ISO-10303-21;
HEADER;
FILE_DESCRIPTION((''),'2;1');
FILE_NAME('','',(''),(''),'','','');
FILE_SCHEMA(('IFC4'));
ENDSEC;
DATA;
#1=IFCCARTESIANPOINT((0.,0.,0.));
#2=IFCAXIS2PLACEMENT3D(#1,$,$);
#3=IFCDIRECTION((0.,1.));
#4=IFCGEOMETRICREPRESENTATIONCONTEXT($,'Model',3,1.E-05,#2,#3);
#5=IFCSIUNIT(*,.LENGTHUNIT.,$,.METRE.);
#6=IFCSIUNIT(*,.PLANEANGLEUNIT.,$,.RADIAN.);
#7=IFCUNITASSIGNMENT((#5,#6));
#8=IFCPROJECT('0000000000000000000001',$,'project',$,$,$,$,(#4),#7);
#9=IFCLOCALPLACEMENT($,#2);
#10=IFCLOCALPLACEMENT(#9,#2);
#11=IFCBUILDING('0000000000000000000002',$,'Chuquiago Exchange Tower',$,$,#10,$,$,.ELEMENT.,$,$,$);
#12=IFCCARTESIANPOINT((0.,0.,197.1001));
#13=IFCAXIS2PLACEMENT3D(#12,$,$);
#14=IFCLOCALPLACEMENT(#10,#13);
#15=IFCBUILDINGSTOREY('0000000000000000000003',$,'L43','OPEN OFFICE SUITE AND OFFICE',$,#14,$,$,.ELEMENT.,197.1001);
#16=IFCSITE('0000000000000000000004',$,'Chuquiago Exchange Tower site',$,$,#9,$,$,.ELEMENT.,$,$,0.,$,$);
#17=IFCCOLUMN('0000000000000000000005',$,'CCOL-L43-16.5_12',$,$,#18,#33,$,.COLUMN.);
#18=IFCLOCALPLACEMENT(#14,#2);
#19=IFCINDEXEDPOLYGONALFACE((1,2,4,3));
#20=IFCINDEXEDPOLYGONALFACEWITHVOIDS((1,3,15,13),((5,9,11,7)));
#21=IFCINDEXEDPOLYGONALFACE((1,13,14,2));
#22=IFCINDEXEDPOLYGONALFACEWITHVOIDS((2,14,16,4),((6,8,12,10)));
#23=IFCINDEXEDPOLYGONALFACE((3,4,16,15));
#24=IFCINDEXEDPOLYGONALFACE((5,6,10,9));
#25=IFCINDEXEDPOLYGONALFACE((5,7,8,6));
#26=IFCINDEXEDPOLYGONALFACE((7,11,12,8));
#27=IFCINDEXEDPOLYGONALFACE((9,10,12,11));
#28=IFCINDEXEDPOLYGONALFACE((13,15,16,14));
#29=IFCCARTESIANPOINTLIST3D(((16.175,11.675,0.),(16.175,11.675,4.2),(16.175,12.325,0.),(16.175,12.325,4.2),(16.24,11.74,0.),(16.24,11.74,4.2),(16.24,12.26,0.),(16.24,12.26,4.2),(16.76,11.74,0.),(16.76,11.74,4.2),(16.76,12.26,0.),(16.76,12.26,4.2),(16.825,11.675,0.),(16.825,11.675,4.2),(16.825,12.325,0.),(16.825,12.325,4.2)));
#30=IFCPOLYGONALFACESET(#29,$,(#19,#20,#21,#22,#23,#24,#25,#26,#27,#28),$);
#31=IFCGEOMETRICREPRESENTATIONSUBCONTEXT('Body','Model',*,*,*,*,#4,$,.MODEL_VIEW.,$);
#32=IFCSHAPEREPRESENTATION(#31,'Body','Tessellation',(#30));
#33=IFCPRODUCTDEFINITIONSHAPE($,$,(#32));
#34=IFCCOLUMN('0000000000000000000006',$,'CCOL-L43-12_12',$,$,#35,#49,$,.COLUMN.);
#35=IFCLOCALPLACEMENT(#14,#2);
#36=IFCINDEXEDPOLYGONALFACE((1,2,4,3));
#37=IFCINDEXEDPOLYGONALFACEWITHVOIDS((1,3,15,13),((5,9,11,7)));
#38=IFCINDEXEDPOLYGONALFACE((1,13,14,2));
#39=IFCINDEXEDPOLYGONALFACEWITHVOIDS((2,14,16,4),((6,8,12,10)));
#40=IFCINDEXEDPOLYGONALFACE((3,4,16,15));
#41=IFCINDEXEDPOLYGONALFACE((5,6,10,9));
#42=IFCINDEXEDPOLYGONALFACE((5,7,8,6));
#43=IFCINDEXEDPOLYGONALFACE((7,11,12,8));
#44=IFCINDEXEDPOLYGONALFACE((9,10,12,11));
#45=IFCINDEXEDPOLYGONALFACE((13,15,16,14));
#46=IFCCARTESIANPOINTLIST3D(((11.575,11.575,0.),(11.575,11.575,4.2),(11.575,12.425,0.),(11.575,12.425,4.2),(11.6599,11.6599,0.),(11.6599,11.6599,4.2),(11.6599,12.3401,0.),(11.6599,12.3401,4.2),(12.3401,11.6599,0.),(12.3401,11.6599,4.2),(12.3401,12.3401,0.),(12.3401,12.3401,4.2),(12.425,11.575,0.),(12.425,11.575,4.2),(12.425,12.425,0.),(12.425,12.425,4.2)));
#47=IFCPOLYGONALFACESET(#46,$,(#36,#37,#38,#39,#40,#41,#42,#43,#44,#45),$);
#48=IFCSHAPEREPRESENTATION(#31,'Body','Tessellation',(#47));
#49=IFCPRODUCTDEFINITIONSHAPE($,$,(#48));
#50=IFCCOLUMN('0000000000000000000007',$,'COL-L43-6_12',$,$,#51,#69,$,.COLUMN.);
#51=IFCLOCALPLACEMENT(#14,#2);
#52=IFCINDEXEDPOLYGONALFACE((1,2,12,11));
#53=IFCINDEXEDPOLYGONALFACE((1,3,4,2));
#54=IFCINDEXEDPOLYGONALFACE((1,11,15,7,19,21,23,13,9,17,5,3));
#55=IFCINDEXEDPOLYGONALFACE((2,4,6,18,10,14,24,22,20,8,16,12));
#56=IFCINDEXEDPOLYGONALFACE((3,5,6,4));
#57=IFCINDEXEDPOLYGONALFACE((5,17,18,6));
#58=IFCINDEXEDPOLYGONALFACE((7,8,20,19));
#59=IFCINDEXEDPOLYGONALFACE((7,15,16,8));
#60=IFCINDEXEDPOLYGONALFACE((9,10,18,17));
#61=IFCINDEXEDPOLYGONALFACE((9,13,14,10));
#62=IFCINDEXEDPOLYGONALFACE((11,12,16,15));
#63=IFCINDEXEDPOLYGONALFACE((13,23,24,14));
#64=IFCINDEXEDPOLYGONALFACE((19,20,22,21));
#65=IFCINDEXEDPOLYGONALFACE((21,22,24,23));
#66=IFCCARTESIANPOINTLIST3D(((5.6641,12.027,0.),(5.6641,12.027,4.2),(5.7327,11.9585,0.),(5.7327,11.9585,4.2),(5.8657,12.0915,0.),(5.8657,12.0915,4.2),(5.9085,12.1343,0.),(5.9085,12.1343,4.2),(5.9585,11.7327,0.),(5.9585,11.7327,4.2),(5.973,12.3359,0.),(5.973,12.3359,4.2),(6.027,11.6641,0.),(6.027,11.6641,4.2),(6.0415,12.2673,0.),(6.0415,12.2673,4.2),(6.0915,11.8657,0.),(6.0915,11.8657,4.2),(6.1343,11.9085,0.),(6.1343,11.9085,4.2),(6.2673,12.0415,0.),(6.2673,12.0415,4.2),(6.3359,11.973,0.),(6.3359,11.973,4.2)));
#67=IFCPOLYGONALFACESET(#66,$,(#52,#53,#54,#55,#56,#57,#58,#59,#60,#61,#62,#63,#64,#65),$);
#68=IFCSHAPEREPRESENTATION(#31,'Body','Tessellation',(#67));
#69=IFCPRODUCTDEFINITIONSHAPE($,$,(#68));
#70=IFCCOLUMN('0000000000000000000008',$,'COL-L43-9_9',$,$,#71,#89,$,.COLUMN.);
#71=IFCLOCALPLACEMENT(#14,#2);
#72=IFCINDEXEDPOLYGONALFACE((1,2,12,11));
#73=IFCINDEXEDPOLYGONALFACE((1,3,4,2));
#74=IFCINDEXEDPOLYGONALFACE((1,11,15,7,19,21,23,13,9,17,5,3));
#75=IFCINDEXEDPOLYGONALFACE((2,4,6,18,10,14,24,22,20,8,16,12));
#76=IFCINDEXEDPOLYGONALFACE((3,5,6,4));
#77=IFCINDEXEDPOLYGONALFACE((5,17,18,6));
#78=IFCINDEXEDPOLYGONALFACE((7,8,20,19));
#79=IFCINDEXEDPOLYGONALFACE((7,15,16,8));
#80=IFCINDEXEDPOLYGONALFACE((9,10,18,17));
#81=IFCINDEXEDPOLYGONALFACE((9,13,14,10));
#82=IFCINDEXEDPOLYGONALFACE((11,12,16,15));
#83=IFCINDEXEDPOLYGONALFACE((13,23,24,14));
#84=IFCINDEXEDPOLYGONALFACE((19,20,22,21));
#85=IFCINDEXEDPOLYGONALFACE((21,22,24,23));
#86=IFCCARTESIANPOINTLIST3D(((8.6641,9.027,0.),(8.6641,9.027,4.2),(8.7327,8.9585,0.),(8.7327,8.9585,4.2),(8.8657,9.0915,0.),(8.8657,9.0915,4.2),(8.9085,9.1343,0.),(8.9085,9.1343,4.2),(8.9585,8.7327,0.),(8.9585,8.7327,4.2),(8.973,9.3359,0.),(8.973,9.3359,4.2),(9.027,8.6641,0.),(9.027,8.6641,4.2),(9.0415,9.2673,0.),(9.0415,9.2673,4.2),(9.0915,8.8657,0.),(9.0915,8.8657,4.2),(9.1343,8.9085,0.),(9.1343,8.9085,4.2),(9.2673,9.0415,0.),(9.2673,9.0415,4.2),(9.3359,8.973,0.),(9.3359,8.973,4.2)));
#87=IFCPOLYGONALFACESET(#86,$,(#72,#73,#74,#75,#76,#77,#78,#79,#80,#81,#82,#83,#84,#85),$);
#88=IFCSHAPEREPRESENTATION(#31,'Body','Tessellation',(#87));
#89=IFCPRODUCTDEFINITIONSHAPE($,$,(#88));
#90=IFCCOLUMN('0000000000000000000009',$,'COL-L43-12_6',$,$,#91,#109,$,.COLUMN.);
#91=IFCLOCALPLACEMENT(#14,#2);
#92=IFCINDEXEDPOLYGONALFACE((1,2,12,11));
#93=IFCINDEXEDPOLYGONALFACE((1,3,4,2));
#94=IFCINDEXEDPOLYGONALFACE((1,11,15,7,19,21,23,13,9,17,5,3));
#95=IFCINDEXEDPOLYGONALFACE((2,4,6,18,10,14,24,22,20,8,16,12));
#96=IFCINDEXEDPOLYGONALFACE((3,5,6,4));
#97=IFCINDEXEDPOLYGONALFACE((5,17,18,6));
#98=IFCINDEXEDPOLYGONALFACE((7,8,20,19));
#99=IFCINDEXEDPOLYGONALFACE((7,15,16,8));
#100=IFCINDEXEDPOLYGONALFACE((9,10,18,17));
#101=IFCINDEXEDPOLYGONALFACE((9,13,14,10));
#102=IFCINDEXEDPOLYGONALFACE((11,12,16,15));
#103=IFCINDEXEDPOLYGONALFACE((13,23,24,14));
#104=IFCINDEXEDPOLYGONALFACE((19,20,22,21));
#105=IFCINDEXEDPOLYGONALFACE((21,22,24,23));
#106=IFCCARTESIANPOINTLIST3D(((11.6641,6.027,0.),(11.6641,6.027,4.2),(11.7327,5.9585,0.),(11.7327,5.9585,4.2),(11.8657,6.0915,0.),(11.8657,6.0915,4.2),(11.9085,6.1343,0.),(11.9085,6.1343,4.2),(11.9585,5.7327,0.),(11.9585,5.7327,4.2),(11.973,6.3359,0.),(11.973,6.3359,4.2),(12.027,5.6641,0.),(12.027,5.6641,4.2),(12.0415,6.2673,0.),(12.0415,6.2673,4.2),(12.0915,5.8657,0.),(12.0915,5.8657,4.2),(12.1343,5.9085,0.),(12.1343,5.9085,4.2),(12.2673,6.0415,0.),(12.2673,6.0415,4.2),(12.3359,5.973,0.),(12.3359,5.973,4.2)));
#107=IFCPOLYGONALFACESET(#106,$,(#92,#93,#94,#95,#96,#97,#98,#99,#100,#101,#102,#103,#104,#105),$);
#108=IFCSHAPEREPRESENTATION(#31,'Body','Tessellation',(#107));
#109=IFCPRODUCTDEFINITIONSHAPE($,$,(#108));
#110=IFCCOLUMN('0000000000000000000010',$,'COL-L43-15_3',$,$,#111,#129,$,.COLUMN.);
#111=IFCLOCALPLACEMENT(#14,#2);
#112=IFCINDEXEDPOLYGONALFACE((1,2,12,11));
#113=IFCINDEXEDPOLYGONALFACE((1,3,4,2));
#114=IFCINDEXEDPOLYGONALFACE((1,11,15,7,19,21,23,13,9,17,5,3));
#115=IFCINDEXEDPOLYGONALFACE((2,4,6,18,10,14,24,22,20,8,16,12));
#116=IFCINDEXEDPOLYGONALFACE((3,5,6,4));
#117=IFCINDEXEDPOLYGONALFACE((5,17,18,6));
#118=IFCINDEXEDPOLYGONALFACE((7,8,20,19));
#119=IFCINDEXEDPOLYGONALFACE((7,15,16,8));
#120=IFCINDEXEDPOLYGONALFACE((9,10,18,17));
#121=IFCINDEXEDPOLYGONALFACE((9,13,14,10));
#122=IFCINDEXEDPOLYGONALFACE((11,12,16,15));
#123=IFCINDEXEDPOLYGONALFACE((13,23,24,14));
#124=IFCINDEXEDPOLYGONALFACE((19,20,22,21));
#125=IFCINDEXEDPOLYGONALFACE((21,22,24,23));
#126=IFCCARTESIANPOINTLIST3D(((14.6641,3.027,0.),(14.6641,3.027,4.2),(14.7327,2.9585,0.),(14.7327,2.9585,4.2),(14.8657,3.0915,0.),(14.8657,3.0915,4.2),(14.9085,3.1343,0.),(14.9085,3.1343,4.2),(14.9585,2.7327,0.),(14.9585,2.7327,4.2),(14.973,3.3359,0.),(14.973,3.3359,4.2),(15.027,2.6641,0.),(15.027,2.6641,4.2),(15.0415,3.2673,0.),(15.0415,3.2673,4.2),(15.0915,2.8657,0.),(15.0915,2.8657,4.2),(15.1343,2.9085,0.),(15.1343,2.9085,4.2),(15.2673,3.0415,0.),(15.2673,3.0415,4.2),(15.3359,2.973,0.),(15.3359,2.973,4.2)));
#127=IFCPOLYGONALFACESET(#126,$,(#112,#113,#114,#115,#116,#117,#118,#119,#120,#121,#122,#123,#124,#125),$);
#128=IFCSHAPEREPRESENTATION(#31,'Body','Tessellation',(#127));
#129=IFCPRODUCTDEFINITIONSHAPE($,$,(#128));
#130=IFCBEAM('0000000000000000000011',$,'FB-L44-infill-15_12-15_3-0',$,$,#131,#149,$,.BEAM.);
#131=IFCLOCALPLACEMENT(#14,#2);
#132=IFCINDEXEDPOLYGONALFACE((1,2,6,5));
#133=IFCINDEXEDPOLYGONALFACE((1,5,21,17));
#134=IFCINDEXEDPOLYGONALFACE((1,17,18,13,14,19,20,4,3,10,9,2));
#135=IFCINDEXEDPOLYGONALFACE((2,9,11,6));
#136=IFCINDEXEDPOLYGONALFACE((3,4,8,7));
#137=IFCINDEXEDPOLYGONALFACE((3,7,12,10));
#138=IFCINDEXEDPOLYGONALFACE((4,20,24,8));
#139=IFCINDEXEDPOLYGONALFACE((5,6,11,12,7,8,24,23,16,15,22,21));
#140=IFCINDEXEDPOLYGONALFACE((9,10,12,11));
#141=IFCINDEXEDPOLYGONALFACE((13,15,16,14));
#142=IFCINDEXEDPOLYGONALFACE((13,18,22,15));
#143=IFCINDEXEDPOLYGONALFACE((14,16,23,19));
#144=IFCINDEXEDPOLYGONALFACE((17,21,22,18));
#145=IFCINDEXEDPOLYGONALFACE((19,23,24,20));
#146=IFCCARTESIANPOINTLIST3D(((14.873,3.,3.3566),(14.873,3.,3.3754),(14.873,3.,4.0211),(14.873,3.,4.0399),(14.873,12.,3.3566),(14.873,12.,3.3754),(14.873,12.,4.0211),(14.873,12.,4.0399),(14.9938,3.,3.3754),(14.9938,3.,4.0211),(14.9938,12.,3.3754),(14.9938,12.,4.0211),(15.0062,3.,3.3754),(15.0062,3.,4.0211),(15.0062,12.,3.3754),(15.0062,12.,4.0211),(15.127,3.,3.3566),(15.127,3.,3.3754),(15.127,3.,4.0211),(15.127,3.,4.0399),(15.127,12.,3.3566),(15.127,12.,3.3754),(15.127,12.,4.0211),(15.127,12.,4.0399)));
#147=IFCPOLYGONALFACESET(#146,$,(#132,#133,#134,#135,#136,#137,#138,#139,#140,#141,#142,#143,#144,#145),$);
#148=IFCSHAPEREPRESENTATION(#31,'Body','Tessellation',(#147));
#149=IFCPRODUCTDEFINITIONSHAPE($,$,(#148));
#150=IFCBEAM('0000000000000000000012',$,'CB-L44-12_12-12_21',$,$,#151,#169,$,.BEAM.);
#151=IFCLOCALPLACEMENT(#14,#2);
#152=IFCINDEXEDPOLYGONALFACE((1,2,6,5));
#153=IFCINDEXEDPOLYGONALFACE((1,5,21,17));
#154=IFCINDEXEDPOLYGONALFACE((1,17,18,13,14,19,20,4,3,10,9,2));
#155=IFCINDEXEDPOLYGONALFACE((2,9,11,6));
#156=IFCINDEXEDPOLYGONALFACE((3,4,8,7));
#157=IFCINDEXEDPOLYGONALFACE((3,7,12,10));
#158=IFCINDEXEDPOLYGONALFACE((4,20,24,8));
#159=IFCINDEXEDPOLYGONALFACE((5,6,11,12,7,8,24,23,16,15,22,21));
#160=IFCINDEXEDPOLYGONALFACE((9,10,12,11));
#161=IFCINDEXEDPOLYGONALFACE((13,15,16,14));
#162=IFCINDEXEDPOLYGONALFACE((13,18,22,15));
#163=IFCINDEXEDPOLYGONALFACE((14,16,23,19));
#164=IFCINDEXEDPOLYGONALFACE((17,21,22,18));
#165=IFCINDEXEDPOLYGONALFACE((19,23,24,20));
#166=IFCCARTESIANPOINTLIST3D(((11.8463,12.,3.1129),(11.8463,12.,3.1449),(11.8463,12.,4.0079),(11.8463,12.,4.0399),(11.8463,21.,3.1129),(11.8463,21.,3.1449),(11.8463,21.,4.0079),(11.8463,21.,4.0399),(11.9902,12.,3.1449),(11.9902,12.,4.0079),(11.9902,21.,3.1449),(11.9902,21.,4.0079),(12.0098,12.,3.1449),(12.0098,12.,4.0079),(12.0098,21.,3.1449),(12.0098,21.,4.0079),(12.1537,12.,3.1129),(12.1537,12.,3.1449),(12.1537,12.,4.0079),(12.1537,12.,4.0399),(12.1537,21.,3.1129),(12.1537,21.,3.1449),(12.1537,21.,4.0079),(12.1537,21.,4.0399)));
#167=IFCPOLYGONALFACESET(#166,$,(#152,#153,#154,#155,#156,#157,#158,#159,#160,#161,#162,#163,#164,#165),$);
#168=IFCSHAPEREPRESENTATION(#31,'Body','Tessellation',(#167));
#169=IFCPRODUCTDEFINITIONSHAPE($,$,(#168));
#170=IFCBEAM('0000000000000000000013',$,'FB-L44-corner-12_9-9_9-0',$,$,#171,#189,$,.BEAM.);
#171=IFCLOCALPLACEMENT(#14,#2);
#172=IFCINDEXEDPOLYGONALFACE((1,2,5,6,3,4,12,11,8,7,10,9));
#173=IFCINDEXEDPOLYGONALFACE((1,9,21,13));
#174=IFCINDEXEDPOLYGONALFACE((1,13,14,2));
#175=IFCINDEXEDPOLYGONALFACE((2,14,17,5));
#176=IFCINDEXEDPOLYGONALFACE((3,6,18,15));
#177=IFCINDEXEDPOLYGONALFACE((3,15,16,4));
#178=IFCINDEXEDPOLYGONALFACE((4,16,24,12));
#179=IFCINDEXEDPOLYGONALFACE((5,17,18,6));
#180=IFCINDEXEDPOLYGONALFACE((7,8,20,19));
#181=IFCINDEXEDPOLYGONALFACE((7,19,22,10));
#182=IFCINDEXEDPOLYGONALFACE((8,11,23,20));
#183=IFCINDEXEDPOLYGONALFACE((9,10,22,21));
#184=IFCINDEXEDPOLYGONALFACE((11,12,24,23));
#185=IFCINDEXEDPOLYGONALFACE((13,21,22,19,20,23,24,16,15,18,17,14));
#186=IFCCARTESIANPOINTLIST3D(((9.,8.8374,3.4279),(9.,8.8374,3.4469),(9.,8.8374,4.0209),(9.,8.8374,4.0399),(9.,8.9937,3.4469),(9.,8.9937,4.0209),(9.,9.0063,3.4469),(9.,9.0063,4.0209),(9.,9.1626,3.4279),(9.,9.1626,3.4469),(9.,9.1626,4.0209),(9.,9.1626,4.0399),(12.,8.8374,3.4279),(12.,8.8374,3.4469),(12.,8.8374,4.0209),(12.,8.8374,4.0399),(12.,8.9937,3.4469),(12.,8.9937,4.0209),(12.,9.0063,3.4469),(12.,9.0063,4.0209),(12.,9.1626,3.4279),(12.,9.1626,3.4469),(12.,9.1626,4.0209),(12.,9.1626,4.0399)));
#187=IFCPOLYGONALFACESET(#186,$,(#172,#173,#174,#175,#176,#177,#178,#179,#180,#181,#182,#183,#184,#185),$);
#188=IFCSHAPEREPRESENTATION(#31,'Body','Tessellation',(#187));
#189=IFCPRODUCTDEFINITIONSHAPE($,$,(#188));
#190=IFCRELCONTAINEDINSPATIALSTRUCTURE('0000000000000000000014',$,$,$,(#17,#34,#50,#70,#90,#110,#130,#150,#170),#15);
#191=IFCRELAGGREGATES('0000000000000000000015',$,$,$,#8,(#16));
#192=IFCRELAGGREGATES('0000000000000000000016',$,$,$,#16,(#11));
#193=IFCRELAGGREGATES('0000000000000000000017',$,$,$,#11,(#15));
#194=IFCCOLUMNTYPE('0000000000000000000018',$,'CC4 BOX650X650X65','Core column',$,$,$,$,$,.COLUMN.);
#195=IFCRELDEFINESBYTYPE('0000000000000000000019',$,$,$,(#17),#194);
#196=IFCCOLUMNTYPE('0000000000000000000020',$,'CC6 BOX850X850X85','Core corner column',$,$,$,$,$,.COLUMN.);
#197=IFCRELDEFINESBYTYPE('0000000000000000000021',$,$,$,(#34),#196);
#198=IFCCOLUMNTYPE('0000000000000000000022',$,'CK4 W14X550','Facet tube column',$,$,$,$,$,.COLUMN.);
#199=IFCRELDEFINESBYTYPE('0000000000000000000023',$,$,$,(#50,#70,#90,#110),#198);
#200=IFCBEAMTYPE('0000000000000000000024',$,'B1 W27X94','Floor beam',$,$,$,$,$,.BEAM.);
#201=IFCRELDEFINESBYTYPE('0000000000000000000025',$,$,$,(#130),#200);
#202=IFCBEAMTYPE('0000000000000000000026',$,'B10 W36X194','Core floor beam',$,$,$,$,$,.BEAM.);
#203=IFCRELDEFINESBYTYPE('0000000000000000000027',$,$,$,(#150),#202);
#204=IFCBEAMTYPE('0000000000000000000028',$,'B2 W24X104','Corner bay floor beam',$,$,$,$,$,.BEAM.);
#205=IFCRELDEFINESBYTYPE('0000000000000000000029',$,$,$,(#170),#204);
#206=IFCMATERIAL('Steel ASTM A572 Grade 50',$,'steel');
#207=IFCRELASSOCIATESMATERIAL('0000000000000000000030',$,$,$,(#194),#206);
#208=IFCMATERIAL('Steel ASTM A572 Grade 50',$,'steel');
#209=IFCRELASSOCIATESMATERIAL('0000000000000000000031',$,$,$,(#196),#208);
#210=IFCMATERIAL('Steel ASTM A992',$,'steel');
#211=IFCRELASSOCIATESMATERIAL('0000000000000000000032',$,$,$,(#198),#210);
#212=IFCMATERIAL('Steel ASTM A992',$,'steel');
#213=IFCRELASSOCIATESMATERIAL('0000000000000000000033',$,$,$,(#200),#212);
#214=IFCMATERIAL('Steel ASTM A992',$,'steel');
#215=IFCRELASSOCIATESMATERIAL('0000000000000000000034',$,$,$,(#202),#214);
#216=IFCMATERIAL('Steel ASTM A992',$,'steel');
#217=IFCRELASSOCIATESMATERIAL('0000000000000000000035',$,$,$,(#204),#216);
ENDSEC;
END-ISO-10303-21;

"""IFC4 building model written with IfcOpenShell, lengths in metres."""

from ifc_helpers import new_model, si_unit, direction, frame, origin, origin_2d, place, context, subcontext, project, spatial, hollow_rectangle, i_section, extrude, material, material_profile, profile_set, type_object, element, save


model = new_model("IFC4")

# Units and contexts
model_context = context("Model", 3, precision=1e-05, world=origin(), true_north=direction((0.0, 1.0)))
body_context = subcontext(model_context, "Body", "Model", "MODEL_VIEW")
ifc_project = project(units=[si_unit("LENGTHUNIT", "METRE"), si_unit("PLANEANGLEUNIT", "RADIAN")], contexts=[model_context])

# Site, building, storey
site_placement = place(None, origin())
site = spatial("IfcSite", under=ifc_project, at=site_placement, Name="Chuquiago Exchange Tower site", CompositionType="ELEMENT", RefElevation=0.0)
building_placement = place(site_placement, origin())
building = spatial("IfcBuilding", under=site, at=building_placement, Name="Chuquiago Exchange Tower", CompositionType="ELEMENT")
storey_placement = place(building_placement, frame((0.0, 0.0, 197.1001)))
storey = spatial("IfcBuildingStorey", under=building, at=storey_placement, Name="L43", Description="OPEN OFFICE SUITE AND OFFICE", CompositionType="ELEMENT", Elevation=197.1001)

# Columns
ifc_material_1 = material(Name="Steel ASTM A572 Grade 50", Category="steel")
ifc_material_profile_1 = material_profile(ifc_material_1, hollow_rectangle(XDim=0.6499, YDim=0.6499, WallThickness=0.0649, at=origin_2d()), Name="BOX650X650X65")
ifc_profile_set_1 = profile_set([ifc_material_profile_1], Name="Steel ASTM A572 Grade 50")
column_type_1 = type_object("IfcColumnType", Name="CC4 BOX650X650X65", Description="Core column", PredefinedType="COLUMN", material=ifc_profile_set_1)
column_1_placement = place(storey_placement, frame((16.5, 12.0, 0.0), z_axis=(0.0, 0.0, 1.0), x_axis=(1.0, 0.0, 0.0)))
element("IfcColumn", 1, at=column_1_placement, inside=storey, type_object=column_type_1, Name="CCOL-L43-16.5_12", PredefinedType="COLUMN", context=body_context, shape_type="SweptSolid", body=[
    extrude(hollow_rectangle(XDim=0.6499, YDim=0.6499, WallThickness=0.0649, at=origin_2d()), origin(), (0.0, 0.0, 1.0), 4.2),
])
ifc_material_2 = material(Name="Steel ASTM A572 Grade 50", Category="steel")
ifc_material_profile_2 = material_profile(ifc_material_2, hollow_rectangle(XDim=0.8501, YDim=0.8501, WallThickness=0.085, at=origin_2d()), Name="BOX850X850X85")
ifc_profile_set_2 = profile_set([ifc_material_profile_2], Name="Steel ASTM A572 Grade 50")
column_type_2 = type_object("IfcColumnType", Name="CC6 BOX850X850X85", Description="Core corner column", PredefinedType="COLUMN", material=ifc_profile_set_2)
column_2_placement = place(storey_placement, frame((12.0, 12.0, 0.0), z_axis=(0.0, 0.0, 1.0), x_axis=(1.0, 0.0, 0.0)))
element("IfcColumn", 2, at=column_2_placement, inside=storey, type_object=column_type_2, Name="CCOL-L43-12_12", PredefinedType="COLUMN", context=body_context, shape_type="SweptSolid", body=[
    extrude(hollow_rectangle(XDim=0.8501, YDim=0.8501, WallThickness=0.085, at=origin_2d()), origin(), (0.0, 0.0, 1.0), 4.2),
])
ifc_material_3 = material(Name="Steel ASTM A992", Category="steel")
ifc_material_profile_3 = material_profile(ifc_material_3, i_section(OverallWidth=0.4368, OverallDepth=0.5132, WebThickness=0.0605, FlangeThickness=0.0969, at=origin_2d()), Name="W14X550")
ifc_profile_set_3 = profile_set([ifc_material_profile_3], Name="Steel ASTM A992")
column_type_3 = type_object("IfcColumnType", Name="CK4 W14X550", Description="Facet tube column", PredefinedType="COLUMN", material=ifc_profile_set_3)
for number, where, z_axis, x_axis, name in (
    (3, (6.0, 12.0, 0.0), (0.0, 0.0, 1.0), (-0.707107, -0.707107, 0.0), "COL-L43-6_12"),
    (4, (9.0, 9.0, 0.0), (0.0, 0.0, 1.0), (-0.707107, -0.707107, 0.0), "COL-L43-9_9"),
    (5, (12.0, 6.0, 0.0), (0.0, 0.0, 1.0), (-0.707107, -0.707107, 0.0), "COL-L43-12_6"),
    (6, (15.0, 3.0, 0.0), (0.0, 0.0, 1.0), (-0.707107, -0.707107, 0.0), "COL-L43-15_3"),
):
    element("IfcColumn", number, at=place(storey_placement, frame(where, z_axis=z_axis, x_axis=x_axis)), inside=storey, type_object=column_type_3, Name=name, PredefinedType="COLUMN", context=body_context, shape_type="SweptSolid", body=[
        extrude(i_section(OverallWidth=0.4368, OverallDepth=0.5132, WebThickness=0.0605, FlangeThickness=0.0969, at=origin_2d()), origin(), (0.0, 0.0, 1.0), 4.2),
    ])

# Beams
ifc_material_4 = material(Name="Steel ASTM A992", Category="steel")
ifc_material_profile_4 = material_profile(ifc_material_4, i_section(OverallWidth=0.2539, OverallDepth=0.6833, WebThickness=0.0125, FlangeThickness=0.0188, at=origin_2d()), Name="W27X94")
ifc_profile_set_4 = profile_set([ifc_material_profile_4], Name="Steel ASTM A992")
beam_type_1 = type_object("IfcBeamType", Name="B1 W27X94", Description="Floor beam", PredefinedType="BEAM", material=ifc_profile_set_4)
beam_1_placement = place(storey_placement, frame((15.0, 12.0, 3.6982), z_axis=(0.0, -1.0, 0.0), x_axis=(1.0, 0.0, 0.0)))
element("IfcBeam", 7, at=beam_1_placement, inside=storey, type_object=beam_type_1, Name="FB-L44-infill-15_12-15_3-0", PredefinedType="BEAM", context=body_context, shape_type="SweptSolid", body=[
    extrude(i_section(OverallWidth=0.2539, OverallDepth=0.6833, WebThickness=0.0125, FlangeThickness=0.0188, at=origin_2d()), origin(), (0.0, 0.0, 1.0), 9.0),
])
ifc_material_5 = material(Name="Steel ASTM A992", Category="steel")
ifc_material_profile_5 = material_profile(ifc_material_5, i_section(OverallWidth=0.3074, OverallDepth=0.927, WebThickness=0.0195, FlangeThickness=0.032, at=origin_2d()), Name="W36X194")
ifc_profile_set_5 = profile_set([ifc_material_profile_5], Name="Steel ASTM A992")
beam_type_2 = type_object("IfcBeamType", Name="B10 W36X194", Description="Core floor beam", PredefinedType="BEAM", material=ifc_profile_set_5)
beam_2_placement = place(storey_placement, frame((12.0, 12.0, 3.5764), z_axis=(0.0, 1.0, 0.0), x_axis=(-1.0, 0.0, 0.0)))
element("IfcBeam", 8, at=beam_2_placement, inside=storey, type_object=beam_type_2, Name="CB-L44-12_12-12_21", PredefinedType="BEAM", context=body_context, shape_type="SweptSolid", body=[
    extrude(i_section(OverallWidth=0.3074, OverallDepth=0.927, WebThickness=0.0195, FlangeThickness=0.032, at=origin_2d()), origin(), (0.0, 0.0, 1.0), 9.0),
])
ifc_material_6 = material(Name="Steel ASTM A992", Category="steel")
ifc_material_profile_6 = material_profile(ifc_material_6, i_section(OverallWidth=0.3252, OverallDepth=0.6121, WebThickness=0.0127, FlangeThickness=0.019, at=origin_2d()), Name="W24X104")
ifc_profile_set_6 = profile_set([ifc_material_profile_6], Name="Steel ASTM A992")
beam_type_3 = type_object("IfcBeamType", Name="B2 W24X104", Description="Corner bay floor beam", PredefinedType="BEAM", material=ifc_profile_set_6)
beam_3_placement = place(storey_placement, frame((12.0, 9.0, 3.7339), z_axis=(-1.0, 0.0, 0.0), x_axis=(0.0, -1.0, 0.0)))
element("IfcBeam", 9, at=beam_3_placement, inside=storey, type_object=beam_type_3, Name="FB-L44-corner-12_9-9_9-0", PredefinedType="BEAM", context=body_context, shape_type="SweptSolid", body=[
    extrude(i_section(OverallWidth=0.3252, OverallDepth=0.6121, WebThickness=0.0127, FlangeThickness=0.019, at=origin_2d()), origin(), (0.0, 0.0, 1.0), 3.0),
])

save(model, "model.ifc")
